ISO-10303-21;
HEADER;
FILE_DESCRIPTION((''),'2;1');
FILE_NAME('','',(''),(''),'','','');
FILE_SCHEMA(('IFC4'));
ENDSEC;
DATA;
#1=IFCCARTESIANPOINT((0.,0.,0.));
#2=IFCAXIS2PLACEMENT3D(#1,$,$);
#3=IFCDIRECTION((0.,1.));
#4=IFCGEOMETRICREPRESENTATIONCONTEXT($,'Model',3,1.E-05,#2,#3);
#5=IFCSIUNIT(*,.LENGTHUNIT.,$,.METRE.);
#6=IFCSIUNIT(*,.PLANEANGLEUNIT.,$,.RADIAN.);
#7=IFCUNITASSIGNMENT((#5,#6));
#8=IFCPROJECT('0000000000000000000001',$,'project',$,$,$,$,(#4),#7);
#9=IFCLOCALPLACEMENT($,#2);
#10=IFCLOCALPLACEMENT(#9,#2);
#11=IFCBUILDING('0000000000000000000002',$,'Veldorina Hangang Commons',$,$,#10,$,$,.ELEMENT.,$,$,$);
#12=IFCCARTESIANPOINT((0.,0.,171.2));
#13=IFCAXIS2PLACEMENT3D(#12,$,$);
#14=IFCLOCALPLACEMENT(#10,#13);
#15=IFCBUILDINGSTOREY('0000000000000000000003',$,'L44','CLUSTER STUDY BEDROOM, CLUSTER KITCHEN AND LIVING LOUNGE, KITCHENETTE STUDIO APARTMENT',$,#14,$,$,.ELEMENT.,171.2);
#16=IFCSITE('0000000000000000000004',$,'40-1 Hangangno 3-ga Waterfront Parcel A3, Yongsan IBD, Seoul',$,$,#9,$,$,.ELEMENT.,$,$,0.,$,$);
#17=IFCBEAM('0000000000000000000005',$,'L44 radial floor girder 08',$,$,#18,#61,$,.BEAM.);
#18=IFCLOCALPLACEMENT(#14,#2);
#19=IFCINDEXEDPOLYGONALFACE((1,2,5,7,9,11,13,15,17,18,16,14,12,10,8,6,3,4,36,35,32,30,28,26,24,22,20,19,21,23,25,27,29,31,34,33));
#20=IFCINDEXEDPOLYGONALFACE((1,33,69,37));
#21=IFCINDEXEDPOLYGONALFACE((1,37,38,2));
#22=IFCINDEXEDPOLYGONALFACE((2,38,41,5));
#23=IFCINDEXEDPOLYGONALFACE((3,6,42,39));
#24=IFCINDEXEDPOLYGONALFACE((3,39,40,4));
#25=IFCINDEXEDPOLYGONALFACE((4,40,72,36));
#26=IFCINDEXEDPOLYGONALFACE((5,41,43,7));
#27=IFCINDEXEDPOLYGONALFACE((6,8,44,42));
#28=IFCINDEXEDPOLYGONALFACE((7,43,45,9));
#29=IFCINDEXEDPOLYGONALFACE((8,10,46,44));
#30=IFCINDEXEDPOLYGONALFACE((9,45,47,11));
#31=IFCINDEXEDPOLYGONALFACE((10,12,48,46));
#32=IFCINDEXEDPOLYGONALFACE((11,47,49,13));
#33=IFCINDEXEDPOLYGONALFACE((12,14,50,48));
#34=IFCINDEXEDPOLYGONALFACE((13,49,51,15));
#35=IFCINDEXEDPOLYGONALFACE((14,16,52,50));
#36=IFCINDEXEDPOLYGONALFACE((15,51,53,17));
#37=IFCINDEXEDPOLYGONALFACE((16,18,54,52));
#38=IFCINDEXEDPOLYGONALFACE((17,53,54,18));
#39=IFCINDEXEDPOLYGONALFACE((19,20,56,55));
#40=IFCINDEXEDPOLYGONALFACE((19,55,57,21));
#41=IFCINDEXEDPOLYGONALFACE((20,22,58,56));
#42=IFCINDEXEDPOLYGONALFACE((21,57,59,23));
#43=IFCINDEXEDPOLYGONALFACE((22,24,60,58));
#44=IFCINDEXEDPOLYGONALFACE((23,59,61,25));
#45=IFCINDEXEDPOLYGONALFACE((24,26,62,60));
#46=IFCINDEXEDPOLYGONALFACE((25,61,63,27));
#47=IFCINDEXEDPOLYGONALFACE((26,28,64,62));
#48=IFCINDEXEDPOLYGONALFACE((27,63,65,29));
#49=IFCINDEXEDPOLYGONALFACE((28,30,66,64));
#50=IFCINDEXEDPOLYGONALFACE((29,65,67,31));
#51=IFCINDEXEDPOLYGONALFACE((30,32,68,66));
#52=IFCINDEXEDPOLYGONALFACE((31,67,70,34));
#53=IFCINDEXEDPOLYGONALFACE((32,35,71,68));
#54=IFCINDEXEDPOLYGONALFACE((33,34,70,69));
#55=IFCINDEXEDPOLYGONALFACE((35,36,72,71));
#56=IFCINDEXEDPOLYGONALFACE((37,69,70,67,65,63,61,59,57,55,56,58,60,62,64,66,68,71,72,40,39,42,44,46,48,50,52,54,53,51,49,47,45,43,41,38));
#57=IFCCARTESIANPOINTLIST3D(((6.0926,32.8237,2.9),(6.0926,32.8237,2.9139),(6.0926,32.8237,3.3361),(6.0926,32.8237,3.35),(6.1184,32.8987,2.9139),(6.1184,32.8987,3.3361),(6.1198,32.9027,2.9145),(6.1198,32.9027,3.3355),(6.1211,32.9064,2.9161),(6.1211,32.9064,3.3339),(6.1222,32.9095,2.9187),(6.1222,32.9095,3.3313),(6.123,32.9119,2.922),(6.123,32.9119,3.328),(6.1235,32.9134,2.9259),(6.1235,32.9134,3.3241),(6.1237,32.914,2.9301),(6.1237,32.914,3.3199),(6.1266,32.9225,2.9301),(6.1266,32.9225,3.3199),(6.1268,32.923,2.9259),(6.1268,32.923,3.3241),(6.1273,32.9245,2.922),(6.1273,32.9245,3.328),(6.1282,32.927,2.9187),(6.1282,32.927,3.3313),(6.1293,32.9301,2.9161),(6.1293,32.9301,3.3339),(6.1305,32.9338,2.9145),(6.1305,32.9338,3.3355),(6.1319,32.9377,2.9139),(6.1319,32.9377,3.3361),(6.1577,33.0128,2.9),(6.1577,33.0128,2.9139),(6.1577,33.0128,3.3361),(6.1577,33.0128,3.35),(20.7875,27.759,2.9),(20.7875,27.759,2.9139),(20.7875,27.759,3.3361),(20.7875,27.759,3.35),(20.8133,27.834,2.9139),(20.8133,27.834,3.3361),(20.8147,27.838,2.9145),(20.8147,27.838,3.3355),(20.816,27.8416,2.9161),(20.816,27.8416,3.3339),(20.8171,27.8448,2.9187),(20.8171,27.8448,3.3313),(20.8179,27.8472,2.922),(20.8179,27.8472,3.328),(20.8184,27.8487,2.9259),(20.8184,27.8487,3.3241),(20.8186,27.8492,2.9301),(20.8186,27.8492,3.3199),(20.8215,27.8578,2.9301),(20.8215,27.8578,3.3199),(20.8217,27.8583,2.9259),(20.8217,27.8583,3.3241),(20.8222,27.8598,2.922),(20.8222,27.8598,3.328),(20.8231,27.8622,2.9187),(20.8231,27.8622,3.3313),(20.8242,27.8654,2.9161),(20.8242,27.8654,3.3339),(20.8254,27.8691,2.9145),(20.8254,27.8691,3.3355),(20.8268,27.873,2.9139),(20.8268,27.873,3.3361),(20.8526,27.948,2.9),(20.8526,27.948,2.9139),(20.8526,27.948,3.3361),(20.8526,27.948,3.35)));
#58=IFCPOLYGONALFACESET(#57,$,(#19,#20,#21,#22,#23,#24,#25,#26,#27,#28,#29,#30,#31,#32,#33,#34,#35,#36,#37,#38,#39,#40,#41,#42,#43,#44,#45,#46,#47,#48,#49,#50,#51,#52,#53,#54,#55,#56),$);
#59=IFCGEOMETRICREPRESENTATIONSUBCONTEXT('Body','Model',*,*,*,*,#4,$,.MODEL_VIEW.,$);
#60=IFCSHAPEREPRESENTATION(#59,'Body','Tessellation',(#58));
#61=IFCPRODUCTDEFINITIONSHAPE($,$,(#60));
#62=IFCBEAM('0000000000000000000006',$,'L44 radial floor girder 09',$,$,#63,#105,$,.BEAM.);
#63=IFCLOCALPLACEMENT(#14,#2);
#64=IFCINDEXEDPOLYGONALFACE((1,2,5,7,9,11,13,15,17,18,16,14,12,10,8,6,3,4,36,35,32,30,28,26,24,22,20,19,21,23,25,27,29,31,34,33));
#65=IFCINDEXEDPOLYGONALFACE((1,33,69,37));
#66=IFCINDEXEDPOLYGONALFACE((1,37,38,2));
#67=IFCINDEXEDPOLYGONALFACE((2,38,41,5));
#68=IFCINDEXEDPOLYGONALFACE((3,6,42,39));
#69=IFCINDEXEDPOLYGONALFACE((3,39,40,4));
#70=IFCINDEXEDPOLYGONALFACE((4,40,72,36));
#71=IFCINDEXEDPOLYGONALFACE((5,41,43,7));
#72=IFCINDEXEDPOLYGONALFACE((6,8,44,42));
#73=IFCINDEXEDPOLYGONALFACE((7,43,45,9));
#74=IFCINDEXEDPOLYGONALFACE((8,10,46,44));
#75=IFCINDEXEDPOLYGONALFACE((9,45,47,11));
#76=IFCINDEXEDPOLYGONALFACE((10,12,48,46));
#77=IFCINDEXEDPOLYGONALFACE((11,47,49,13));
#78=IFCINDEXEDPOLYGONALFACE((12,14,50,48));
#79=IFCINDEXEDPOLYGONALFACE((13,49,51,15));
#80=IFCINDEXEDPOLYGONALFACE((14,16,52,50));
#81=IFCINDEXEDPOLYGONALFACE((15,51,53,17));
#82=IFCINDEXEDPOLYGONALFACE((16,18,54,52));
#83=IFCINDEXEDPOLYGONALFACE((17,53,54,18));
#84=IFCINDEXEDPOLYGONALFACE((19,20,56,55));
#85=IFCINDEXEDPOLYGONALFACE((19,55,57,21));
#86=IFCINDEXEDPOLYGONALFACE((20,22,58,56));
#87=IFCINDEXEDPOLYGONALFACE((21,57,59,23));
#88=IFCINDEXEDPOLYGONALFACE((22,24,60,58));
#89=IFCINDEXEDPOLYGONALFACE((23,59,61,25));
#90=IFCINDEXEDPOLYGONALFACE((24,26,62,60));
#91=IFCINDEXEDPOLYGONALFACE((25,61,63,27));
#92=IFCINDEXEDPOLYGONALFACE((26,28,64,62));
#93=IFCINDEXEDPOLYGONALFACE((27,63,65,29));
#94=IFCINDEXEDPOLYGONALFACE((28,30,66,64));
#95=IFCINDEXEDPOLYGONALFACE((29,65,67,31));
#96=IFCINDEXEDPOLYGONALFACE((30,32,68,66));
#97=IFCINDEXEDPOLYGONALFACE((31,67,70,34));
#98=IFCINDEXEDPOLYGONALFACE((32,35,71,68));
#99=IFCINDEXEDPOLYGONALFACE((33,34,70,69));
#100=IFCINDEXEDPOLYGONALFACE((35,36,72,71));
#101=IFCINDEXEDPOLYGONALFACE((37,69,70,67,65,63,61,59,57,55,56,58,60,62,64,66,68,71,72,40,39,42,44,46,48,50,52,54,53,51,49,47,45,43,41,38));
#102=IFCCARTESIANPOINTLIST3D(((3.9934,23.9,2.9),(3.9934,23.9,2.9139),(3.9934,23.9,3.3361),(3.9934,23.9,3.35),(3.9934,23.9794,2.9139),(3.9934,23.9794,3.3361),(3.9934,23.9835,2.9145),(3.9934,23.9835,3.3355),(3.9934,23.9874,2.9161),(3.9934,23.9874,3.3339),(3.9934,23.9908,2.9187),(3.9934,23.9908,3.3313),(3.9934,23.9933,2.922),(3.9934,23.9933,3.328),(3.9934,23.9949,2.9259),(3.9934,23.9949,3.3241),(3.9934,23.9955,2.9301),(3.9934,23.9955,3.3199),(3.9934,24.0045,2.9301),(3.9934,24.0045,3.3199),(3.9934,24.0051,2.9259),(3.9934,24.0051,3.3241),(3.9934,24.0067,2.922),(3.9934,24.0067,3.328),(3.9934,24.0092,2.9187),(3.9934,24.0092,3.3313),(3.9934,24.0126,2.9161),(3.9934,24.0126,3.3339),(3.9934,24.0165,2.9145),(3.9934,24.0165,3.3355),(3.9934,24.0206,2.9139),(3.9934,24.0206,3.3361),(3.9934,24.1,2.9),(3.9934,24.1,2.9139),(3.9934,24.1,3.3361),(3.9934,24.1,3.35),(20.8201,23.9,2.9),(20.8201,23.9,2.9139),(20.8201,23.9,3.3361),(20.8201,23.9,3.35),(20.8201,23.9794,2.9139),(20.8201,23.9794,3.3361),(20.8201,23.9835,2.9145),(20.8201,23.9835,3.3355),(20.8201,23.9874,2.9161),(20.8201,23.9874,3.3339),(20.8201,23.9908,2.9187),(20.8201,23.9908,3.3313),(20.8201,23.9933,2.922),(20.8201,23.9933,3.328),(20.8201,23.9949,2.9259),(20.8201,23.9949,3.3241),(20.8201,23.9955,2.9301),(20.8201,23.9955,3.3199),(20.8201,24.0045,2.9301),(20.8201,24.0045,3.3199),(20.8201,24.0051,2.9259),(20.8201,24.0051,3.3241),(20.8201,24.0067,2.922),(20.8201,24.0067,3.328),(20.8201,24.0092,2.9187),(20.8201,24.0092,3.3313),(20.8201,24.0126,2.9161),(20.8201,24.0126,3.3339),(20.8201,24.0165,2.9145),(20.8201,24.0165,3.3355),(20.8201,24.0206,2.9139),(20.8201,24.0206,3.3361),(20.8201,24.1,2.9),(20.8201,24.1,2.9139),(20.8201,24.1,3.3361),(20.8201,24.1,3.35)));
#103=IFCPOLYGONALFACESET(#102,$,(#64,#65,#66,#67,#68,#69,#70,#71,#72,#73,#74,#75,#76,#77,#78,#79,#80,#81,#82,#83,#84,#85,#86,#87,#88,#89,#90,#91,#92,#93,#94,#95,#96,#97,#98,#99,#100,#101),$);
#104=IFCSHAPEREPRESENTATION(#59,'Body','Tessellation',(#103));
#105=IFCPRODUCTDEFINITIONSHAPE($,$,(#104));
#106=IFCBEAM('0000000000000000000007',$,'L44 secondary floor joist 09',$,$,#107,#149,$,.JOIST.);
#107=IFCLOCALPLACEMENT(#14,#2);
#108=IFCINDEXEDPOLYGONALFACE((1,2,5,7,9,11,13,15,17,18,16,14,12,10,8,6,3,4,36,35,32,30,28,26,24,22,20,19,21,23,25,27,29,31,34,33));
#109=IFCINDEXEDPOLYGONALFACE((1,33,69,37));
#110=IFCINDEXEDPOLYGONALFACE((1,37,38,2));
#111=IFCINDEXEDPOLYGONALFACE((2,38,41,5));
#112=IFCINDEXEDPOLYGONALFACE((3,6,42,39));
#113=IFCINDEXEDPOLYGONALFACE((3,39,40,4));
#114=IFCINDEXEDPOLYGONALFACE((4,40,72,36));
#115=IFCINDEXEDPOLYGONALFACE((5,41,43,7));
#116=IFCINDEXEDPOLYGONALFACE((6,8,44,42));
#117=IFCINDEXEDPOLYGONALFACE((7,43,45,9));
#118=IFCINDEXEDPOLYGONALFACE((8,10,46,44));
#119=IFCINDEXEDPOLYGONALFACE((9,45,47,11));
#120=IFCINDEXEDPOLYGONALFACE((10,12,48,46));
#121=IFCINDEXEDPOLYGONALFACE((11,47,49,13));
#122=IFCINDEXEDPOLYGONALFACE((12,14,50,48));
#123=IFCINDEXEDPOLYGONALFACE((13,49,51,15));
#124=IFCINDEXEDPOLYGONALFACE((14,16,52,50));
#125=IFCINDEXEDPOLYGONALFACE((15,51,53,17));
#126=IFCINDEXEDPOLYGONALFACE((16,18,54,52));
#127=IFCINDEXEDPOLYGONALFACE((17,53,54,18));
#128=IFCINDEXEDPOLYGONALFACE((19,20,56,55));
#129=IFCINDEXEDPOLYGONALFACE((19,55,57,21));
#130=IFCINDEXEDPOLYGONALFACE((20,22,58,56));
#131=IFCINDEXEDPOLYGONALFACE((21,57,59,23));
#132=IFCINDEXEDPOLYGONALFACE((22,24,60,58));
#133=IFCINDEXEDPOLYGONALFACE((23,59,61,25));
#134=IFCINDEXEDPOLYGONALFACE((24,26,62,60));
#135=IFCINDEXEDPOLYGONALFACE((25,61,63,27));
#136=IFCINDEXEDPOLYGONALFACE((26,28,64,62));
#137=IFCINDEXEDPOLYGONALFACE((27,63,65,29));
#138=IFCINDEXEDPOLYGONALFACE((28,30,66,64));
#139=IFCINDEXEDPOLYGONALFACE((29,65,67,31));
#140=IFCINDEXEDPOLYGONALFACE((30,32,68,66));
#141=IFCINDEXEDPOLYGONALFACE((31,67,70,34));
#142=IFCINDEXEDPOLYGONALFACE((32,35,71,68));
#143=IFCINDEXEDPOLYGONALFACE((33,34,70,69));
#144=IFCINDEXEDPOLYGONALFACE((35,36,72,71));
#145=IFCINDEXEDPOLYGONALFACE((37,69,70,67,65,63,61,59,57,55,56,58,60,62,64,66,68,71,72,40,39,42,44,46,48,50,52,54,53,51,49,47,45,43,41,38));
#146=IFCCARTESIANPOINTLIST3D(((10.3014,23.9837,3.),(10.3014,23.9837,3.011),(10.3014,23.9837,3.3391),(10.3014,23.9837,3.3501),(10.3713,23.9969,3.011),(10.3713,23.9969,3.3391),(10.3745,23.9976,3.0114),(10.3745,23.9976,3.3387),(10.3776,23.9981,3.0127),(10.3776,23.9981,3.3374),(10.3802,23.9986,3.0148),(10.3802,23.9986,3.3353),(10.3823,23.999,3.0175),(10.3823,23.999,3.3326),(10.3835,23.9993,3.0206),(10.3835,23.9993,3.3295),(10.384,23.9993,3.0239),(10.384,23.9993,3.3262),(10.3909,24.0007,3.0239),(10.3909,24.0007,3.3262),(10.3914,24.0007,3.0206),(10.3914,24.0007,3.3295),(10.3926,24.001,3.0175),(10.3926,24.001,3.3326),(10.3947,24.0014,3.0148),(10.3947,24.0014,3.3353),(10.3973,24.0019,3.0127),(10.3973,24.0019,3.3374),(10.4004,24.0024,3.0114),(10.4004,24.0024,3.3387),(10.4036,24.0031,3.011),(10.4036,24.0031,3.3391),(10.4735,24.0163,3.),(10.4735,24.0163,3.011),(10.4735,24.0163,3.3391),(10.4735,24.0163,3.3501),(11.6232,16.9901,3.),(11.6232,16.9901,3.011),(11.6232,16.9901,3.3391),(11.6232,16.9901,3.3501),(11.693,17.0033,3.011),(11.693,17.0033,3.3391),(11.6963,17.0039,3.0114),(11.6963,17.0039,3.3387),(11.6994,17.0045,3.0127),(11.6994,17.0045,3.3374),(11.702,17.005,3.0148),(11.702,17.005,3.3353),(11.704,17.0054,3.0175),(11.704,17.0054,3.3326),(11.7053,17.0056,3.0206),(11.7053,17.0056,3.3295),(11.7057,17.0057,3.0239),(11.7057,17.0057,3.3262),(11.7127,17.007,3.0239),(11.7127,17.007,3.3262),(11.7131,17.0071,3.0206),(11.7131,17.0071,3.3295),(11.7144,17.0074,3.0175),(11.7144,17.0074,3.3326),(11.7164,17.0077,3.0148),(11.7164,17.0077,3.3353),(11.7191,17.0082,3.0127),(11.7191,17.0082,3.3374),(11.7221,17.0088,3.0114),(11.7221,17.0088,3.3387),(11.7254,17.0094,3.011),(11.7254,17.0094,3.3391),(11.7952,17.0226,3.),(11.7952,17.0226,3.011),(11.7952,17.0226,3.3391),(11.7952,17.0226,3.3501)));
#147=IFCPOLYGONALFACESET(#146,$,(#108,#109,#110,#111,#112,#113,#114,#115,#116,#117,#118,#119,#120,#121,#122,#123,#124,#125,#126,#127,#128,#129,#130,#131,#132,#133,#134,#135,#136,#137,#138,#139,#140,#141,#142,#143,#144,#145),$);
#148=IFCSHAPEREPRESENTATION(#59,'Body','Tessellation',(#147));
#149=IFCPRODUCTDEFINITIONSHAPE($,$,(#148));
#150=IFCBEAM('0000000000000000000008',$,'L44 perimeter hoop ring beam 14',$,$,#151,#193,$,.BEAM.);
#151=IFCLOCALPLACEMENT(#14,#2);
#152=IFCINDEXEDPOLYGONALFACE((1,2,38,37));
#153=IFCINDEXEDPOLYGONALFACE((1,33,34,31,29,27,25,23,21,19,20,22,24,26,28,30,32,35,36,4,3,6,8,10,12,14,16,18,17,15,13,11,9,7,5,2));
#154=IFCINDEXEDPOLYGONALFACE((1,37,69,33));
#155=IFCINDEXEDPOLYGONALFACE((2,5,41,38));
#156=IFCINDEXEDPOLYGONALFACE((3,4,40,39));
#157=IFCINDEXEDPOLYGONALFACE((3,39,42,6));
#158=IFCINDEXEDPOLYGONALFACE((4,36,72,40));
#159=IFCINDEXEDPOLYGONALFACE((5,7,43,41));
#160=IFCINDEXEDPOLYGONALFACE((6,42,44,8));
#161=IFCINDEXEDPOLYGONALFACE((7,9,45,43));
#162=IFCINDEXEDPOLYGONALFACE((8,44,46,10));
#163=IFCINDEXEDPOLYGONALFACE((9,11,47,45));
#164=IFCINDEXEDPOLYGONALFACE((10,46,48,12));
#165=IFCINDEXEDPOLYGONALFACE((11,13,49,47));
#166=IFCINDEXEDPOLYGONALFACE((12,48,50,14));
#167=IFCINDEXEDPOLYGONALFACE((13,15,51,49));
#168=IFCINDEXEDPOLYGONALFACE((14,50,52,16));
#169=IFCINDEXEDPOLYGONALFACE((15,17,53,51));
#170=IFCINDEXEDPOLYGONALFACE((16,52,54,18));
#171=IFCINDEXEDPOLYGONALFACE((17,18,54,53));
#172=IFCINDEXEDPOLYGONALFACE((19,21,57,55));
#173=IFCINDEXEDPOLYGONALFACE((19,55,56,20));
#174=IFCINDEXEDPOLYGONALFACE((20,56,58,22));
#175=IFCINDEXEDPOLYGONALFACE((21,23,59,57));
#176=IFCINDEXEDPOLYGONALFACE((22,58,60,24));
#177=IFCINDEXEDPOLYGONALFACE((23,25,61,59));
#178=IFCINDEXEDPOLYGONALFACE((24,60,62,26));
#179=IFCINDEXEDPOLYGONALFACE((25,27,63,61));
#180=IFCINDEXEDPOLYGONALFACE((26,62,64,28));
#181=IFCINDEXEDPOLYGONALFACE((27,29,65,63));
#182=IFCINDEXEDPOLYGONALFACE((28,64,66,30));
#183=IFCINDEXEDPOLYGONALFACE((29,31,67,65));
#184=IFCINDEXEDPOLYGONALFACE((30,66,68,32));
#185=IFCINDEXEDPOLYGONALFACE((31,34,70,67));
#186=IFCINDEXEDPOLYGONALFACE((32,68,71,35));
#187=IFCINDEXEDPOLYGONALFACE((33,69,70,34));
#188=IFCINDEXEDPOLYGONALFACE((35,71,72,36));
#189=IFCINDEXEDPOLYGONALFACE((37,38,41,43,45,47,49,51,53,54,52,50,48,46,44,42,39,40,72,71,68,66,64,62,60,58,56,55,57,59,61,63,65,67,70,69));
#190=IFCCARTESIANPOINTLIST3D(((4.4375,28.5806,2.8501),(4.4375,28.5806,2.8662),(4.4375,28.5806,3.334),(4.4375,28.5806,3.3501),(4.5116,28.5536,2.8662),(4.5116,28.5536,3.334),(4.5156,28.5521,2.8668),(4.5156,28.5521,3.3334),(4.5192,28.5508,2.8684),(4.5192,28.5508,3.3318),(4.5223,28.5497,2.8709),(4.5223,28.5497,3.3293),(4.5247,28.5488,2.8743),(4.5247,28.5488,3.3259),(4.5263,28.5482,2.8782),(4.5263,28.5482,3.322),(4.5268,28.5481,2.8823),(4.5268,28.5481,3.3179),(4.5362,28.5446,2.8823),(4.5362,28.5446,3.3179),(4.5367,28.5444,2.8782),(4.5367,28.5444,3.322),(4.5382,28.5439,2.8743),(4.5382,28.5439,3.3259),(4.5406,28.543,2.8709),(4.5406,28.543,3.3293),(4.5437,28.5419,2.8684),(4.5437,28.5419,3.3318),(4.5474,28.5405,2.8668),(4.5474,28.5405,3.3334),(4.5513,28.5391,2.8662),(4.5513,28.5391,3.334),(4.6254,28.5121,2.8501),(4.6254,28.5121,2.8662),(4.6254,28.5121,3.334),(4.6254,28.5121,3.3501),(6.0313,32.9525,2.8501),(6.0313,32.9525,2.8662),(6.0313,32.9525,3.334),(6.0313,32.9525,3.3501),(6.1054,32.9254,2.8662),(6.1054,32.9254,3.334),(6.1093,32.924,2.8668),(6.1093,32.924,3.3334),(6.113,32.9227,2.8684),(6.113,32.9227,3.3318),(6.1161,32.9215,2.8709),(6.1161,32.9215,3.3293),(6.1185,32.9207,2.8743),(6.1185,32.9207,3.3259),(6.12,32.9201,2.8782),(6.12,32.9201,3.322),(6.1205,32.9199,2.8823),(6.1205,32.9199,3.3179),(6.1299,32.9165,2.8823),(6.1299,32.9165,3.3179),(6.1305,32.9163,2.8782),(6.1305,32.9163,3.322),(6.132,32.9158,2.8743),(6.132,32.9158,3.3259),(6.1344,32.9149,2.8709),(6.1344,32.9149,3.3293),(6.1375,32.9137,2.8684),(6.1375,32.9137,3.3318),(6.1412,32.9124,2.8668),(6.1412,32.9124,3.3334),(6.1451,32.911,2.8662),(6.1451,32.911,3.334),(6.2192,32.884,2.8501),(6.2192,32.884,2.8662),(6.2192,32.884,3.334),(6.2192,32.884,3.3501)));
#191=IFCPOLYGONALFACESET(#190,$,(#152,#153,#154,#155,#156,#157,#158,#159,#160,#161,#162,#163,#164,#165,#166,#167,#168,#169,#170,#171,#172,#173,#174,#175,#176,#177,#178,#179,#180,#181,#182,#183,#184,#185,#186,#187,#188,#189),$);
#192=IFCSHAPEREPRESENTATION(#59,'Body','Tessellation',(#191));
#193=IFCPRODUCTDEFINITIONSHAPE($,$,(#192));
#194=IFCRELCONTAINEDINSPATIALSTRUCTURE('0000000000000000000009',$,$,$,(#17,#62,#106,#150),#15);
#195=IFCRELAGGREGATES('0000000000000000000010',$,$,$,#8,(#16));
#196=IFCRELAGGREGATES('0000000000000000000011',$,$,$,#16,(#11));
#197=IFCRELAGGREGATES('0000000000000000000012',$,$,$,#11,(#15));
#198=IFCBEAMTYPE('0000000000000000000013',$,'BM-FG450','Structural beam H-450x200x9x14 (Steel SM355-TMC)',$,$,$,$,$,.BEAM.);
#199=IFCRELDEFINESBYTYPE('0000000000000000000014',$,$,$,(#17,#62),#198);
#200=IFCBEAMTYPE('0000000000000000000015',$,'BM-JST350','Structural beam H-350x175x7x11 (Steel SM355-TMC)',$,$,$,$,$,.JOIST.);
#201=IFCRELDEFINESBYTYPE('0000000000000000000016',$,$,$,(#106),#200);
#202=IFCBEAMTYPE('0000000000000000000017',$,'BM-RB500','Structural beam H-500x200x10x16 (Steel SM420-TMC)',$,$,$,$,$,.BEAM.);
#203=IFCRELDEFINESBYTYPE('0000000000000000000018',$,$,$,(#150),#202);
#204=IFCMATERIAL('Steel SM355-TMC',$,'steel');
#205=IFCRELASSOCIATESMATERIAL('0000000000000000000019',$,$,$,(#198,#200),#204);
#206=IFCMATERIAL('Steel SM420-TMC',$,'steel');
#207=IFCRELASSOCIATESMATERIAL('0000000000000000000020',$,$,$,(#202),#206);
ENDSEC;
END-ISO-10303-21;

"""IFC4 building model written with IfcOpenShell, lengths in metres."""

from ifc_helpers import new_model, si_unit, direction, frame, origin, origin_2d, place, context, subcontext, project, spatial, i_section, extrude, material, material_profile, profile_set, type_object, element, save


model = new_model("IFC4")

# Units and contexts
model_context = context("Model", 3, precision=1e-05, world=origin(), true_north=direction((0.0, 1.0)))
body_context = subcontext(model_context, "Body", "Model", "MODEL_VIEW")
ifc_project = project(units=[si_unit("LENGTHUNIT", "METRE"), si_unit("PLANEANGLEUNIT", "RADIAN")], contexts=[model_context])

# Site, building, storey
site_placement = place(None, origin())
site = spatial("IfcSite", under=ifc_project, at=site_placement, Name="40-1 Hangangno 3-ga Waterfront Parcel A3, Yongsan IBD, Seoul", CompositionType="ELEMENT", RefElevation=0.0)
building_placement = place(site_placement, origin())
building = spatial("IfcBuilding", under=site, at=building_placement, Name="Veldorina Hangang Commons", CompositionType="ELEMENT")
storey_placement = place(building_placement, frame((0.0, 0.0, 171.2)))
storey = spatial("IfcBuildingStorey", under=building, at=storey_placement, Name="L44", Description="CLUSTER STUDY BEDROOM, CLUSTER KITCHEN AND LIVING LOUNGE, KITCHENETTE STUDIO APARTMENT", CompositionType="ELEMENT", Elevation=171.2)

# Beams
ifc_material_1 = material(Name="Steel SM355-TMC", Category="steel")
ifc_material_profile_1 = material_profile(ifc_material_1, i_section(OverallWidth=0.2, OverallDepth=0.45, WebThickness=0.009, FlangeThickness=0.0139, FilletRadius=0.0161, at=origin_2d()), Name="H-450x200x9x14")
ifc_profile_set_1 = profile_set([ifc_material_profile_1], Name="Steel SM355-TMC")
beam_type_1 = type_object("IfcBeamType", Name="BM-FG450", Description="Structural beam H-450x200x9x14 (Steel SM355-TMC)", PredefinedType="BEAM", material=ifc_profile_set_1)
beam_1_placement = place(storey_placement, frame((20.8201, 27.8535, 3.125), z_axis=(-0.945422, 0.325848, 0.0), x_axis=(-0.325848, -0.945422, 0.0)))
element("IfcBeam", 1, at=beam_1_placement, inside=storey, type_object=beam_type_1, Name="L44 radial floor girder 08", PredefinedType="BEAM", context=body_context, shape_type="SweptSolid", body=[
    extrude(i_section(OverallWidth=0.2, OverallDepth=0.45, WebThickness=0.009, FlangeThickness=0.0139, FilletRadius=0.0161, at=origin_2d()), origin(), (0.0, 0.0, 1.0), 15.5432),
])
beam_2_placement = place(storey_placement, frame((20.8201, 24.0, 3.125), z_axis=(-1.0, 0.0, 0.0), x_axis=(0.0, -1.0, 0.0)))
element("IfcBeam", 2, at=beam_2_placement, inside=storey, type_object=beam_type_1, Name="L44 radial floor girder 09", PredefinedType="BEAM", context=body_context, shape_type="SweptSolid", body=[
    extrude(i_section(OverallWidth=0.2, OverallDepth=0.45, WebThickness=0.009, FlangeThickness=0.0139, FilletRadius=0.0161, at=origin_2d()), origin(), (0.0, 0.0, 1.0), 16.8267),
])
ifc_material_profile_2 = material_profile(ifc_material_1, i_section(OverallWidth=0.175, OverallDepth=0.3501, WebThickness=0.0071, FlangeThickness=0.011, FilletRadius=0.0129, at=origin_2d()), Name="H-350x175x7x11")
ifc_profile_set_2 = profile_set([ifc_material_profile_2], Name="Steel SM355-TMC")
beam_type_2 = type_object("IfcBeamType", Name="BM-JST350", Description="Structural beam H-350x175x7x11 (Steel SM355-TMC)", PredefinedType="JOIST", material=ifc_profile_set_2)
beam_3_placement = place(storey_placement, frame((10.3875, 24.0, 3.175), z_axis=(0.185709, -0.982605, 0.0), x_axis=(0.982605, 0.185709, 0.0)))
element("IfcBeam", 3, at=beam_3_placement, inside=storey, type_object=beam_type_2, Name="L44 secondary floor joist 09", PredefinedType="JOIST", context=body_context, shape_type="SweptSolid", body=[
    extrude(i_section(OverallWidth=0.175, OverallDepth=0.3501, WebThickness=0.0071, FlangeThickness=0.011, FilletRadius=0.0129, at=origin_2d()), origin(), (0.0, 0.0, 1.0), 7.1174),
])
ifc_material_2 = material(Name="Steel SM420-TMC", Category="steel")
ifc_material_profile_3 = material_profile(ifc_material_2, i_section(OverallWidth=0.2, OverallDepth=0.5, WebThickness=0.01, FlangeThickness=0.0161, FilletRadius=0.0161, at=origin_2d()), Name="H-500x200x10x16")
ifc_profile_set_3 = profile_set([ifc_material_profile_3], Name="Steel SM420-TMC")
beam_type_3 = type_object("IfcBeamType", Name="BM-RB500", Description="Structural beam H-500x200x10x16 (Steel SM420-TMC)", PredefinedType="BEAM", material=ifc_profile_set_3)
beam_4_placement = place(storey_placement, frame((6.1252, 32.9182, 3.1001), z_axis=(-0.342501, -0.939517, 0.0), x_axis=(0.939517, -0.342501, 0.0)))
element("IfcBeam", 4, at=beam_4_placement, inside=storey, type_object=beam_type_3, Name="L44 perimeter hoop ring beam 14", PredefinedType="BEAM", context=body_context, shape_type="SweptSolid", body=[
    extrude(i_section(OverallWidth=0.2, OverallDepth=0.5, WebThickness=0.01, FlangeThickness=0.0161, FilletRadius=0.0161, at=origin_2d()), origin(), (0.0, 0.0, 1.0), 4.6533),
])

save(model, "model.ifc")
